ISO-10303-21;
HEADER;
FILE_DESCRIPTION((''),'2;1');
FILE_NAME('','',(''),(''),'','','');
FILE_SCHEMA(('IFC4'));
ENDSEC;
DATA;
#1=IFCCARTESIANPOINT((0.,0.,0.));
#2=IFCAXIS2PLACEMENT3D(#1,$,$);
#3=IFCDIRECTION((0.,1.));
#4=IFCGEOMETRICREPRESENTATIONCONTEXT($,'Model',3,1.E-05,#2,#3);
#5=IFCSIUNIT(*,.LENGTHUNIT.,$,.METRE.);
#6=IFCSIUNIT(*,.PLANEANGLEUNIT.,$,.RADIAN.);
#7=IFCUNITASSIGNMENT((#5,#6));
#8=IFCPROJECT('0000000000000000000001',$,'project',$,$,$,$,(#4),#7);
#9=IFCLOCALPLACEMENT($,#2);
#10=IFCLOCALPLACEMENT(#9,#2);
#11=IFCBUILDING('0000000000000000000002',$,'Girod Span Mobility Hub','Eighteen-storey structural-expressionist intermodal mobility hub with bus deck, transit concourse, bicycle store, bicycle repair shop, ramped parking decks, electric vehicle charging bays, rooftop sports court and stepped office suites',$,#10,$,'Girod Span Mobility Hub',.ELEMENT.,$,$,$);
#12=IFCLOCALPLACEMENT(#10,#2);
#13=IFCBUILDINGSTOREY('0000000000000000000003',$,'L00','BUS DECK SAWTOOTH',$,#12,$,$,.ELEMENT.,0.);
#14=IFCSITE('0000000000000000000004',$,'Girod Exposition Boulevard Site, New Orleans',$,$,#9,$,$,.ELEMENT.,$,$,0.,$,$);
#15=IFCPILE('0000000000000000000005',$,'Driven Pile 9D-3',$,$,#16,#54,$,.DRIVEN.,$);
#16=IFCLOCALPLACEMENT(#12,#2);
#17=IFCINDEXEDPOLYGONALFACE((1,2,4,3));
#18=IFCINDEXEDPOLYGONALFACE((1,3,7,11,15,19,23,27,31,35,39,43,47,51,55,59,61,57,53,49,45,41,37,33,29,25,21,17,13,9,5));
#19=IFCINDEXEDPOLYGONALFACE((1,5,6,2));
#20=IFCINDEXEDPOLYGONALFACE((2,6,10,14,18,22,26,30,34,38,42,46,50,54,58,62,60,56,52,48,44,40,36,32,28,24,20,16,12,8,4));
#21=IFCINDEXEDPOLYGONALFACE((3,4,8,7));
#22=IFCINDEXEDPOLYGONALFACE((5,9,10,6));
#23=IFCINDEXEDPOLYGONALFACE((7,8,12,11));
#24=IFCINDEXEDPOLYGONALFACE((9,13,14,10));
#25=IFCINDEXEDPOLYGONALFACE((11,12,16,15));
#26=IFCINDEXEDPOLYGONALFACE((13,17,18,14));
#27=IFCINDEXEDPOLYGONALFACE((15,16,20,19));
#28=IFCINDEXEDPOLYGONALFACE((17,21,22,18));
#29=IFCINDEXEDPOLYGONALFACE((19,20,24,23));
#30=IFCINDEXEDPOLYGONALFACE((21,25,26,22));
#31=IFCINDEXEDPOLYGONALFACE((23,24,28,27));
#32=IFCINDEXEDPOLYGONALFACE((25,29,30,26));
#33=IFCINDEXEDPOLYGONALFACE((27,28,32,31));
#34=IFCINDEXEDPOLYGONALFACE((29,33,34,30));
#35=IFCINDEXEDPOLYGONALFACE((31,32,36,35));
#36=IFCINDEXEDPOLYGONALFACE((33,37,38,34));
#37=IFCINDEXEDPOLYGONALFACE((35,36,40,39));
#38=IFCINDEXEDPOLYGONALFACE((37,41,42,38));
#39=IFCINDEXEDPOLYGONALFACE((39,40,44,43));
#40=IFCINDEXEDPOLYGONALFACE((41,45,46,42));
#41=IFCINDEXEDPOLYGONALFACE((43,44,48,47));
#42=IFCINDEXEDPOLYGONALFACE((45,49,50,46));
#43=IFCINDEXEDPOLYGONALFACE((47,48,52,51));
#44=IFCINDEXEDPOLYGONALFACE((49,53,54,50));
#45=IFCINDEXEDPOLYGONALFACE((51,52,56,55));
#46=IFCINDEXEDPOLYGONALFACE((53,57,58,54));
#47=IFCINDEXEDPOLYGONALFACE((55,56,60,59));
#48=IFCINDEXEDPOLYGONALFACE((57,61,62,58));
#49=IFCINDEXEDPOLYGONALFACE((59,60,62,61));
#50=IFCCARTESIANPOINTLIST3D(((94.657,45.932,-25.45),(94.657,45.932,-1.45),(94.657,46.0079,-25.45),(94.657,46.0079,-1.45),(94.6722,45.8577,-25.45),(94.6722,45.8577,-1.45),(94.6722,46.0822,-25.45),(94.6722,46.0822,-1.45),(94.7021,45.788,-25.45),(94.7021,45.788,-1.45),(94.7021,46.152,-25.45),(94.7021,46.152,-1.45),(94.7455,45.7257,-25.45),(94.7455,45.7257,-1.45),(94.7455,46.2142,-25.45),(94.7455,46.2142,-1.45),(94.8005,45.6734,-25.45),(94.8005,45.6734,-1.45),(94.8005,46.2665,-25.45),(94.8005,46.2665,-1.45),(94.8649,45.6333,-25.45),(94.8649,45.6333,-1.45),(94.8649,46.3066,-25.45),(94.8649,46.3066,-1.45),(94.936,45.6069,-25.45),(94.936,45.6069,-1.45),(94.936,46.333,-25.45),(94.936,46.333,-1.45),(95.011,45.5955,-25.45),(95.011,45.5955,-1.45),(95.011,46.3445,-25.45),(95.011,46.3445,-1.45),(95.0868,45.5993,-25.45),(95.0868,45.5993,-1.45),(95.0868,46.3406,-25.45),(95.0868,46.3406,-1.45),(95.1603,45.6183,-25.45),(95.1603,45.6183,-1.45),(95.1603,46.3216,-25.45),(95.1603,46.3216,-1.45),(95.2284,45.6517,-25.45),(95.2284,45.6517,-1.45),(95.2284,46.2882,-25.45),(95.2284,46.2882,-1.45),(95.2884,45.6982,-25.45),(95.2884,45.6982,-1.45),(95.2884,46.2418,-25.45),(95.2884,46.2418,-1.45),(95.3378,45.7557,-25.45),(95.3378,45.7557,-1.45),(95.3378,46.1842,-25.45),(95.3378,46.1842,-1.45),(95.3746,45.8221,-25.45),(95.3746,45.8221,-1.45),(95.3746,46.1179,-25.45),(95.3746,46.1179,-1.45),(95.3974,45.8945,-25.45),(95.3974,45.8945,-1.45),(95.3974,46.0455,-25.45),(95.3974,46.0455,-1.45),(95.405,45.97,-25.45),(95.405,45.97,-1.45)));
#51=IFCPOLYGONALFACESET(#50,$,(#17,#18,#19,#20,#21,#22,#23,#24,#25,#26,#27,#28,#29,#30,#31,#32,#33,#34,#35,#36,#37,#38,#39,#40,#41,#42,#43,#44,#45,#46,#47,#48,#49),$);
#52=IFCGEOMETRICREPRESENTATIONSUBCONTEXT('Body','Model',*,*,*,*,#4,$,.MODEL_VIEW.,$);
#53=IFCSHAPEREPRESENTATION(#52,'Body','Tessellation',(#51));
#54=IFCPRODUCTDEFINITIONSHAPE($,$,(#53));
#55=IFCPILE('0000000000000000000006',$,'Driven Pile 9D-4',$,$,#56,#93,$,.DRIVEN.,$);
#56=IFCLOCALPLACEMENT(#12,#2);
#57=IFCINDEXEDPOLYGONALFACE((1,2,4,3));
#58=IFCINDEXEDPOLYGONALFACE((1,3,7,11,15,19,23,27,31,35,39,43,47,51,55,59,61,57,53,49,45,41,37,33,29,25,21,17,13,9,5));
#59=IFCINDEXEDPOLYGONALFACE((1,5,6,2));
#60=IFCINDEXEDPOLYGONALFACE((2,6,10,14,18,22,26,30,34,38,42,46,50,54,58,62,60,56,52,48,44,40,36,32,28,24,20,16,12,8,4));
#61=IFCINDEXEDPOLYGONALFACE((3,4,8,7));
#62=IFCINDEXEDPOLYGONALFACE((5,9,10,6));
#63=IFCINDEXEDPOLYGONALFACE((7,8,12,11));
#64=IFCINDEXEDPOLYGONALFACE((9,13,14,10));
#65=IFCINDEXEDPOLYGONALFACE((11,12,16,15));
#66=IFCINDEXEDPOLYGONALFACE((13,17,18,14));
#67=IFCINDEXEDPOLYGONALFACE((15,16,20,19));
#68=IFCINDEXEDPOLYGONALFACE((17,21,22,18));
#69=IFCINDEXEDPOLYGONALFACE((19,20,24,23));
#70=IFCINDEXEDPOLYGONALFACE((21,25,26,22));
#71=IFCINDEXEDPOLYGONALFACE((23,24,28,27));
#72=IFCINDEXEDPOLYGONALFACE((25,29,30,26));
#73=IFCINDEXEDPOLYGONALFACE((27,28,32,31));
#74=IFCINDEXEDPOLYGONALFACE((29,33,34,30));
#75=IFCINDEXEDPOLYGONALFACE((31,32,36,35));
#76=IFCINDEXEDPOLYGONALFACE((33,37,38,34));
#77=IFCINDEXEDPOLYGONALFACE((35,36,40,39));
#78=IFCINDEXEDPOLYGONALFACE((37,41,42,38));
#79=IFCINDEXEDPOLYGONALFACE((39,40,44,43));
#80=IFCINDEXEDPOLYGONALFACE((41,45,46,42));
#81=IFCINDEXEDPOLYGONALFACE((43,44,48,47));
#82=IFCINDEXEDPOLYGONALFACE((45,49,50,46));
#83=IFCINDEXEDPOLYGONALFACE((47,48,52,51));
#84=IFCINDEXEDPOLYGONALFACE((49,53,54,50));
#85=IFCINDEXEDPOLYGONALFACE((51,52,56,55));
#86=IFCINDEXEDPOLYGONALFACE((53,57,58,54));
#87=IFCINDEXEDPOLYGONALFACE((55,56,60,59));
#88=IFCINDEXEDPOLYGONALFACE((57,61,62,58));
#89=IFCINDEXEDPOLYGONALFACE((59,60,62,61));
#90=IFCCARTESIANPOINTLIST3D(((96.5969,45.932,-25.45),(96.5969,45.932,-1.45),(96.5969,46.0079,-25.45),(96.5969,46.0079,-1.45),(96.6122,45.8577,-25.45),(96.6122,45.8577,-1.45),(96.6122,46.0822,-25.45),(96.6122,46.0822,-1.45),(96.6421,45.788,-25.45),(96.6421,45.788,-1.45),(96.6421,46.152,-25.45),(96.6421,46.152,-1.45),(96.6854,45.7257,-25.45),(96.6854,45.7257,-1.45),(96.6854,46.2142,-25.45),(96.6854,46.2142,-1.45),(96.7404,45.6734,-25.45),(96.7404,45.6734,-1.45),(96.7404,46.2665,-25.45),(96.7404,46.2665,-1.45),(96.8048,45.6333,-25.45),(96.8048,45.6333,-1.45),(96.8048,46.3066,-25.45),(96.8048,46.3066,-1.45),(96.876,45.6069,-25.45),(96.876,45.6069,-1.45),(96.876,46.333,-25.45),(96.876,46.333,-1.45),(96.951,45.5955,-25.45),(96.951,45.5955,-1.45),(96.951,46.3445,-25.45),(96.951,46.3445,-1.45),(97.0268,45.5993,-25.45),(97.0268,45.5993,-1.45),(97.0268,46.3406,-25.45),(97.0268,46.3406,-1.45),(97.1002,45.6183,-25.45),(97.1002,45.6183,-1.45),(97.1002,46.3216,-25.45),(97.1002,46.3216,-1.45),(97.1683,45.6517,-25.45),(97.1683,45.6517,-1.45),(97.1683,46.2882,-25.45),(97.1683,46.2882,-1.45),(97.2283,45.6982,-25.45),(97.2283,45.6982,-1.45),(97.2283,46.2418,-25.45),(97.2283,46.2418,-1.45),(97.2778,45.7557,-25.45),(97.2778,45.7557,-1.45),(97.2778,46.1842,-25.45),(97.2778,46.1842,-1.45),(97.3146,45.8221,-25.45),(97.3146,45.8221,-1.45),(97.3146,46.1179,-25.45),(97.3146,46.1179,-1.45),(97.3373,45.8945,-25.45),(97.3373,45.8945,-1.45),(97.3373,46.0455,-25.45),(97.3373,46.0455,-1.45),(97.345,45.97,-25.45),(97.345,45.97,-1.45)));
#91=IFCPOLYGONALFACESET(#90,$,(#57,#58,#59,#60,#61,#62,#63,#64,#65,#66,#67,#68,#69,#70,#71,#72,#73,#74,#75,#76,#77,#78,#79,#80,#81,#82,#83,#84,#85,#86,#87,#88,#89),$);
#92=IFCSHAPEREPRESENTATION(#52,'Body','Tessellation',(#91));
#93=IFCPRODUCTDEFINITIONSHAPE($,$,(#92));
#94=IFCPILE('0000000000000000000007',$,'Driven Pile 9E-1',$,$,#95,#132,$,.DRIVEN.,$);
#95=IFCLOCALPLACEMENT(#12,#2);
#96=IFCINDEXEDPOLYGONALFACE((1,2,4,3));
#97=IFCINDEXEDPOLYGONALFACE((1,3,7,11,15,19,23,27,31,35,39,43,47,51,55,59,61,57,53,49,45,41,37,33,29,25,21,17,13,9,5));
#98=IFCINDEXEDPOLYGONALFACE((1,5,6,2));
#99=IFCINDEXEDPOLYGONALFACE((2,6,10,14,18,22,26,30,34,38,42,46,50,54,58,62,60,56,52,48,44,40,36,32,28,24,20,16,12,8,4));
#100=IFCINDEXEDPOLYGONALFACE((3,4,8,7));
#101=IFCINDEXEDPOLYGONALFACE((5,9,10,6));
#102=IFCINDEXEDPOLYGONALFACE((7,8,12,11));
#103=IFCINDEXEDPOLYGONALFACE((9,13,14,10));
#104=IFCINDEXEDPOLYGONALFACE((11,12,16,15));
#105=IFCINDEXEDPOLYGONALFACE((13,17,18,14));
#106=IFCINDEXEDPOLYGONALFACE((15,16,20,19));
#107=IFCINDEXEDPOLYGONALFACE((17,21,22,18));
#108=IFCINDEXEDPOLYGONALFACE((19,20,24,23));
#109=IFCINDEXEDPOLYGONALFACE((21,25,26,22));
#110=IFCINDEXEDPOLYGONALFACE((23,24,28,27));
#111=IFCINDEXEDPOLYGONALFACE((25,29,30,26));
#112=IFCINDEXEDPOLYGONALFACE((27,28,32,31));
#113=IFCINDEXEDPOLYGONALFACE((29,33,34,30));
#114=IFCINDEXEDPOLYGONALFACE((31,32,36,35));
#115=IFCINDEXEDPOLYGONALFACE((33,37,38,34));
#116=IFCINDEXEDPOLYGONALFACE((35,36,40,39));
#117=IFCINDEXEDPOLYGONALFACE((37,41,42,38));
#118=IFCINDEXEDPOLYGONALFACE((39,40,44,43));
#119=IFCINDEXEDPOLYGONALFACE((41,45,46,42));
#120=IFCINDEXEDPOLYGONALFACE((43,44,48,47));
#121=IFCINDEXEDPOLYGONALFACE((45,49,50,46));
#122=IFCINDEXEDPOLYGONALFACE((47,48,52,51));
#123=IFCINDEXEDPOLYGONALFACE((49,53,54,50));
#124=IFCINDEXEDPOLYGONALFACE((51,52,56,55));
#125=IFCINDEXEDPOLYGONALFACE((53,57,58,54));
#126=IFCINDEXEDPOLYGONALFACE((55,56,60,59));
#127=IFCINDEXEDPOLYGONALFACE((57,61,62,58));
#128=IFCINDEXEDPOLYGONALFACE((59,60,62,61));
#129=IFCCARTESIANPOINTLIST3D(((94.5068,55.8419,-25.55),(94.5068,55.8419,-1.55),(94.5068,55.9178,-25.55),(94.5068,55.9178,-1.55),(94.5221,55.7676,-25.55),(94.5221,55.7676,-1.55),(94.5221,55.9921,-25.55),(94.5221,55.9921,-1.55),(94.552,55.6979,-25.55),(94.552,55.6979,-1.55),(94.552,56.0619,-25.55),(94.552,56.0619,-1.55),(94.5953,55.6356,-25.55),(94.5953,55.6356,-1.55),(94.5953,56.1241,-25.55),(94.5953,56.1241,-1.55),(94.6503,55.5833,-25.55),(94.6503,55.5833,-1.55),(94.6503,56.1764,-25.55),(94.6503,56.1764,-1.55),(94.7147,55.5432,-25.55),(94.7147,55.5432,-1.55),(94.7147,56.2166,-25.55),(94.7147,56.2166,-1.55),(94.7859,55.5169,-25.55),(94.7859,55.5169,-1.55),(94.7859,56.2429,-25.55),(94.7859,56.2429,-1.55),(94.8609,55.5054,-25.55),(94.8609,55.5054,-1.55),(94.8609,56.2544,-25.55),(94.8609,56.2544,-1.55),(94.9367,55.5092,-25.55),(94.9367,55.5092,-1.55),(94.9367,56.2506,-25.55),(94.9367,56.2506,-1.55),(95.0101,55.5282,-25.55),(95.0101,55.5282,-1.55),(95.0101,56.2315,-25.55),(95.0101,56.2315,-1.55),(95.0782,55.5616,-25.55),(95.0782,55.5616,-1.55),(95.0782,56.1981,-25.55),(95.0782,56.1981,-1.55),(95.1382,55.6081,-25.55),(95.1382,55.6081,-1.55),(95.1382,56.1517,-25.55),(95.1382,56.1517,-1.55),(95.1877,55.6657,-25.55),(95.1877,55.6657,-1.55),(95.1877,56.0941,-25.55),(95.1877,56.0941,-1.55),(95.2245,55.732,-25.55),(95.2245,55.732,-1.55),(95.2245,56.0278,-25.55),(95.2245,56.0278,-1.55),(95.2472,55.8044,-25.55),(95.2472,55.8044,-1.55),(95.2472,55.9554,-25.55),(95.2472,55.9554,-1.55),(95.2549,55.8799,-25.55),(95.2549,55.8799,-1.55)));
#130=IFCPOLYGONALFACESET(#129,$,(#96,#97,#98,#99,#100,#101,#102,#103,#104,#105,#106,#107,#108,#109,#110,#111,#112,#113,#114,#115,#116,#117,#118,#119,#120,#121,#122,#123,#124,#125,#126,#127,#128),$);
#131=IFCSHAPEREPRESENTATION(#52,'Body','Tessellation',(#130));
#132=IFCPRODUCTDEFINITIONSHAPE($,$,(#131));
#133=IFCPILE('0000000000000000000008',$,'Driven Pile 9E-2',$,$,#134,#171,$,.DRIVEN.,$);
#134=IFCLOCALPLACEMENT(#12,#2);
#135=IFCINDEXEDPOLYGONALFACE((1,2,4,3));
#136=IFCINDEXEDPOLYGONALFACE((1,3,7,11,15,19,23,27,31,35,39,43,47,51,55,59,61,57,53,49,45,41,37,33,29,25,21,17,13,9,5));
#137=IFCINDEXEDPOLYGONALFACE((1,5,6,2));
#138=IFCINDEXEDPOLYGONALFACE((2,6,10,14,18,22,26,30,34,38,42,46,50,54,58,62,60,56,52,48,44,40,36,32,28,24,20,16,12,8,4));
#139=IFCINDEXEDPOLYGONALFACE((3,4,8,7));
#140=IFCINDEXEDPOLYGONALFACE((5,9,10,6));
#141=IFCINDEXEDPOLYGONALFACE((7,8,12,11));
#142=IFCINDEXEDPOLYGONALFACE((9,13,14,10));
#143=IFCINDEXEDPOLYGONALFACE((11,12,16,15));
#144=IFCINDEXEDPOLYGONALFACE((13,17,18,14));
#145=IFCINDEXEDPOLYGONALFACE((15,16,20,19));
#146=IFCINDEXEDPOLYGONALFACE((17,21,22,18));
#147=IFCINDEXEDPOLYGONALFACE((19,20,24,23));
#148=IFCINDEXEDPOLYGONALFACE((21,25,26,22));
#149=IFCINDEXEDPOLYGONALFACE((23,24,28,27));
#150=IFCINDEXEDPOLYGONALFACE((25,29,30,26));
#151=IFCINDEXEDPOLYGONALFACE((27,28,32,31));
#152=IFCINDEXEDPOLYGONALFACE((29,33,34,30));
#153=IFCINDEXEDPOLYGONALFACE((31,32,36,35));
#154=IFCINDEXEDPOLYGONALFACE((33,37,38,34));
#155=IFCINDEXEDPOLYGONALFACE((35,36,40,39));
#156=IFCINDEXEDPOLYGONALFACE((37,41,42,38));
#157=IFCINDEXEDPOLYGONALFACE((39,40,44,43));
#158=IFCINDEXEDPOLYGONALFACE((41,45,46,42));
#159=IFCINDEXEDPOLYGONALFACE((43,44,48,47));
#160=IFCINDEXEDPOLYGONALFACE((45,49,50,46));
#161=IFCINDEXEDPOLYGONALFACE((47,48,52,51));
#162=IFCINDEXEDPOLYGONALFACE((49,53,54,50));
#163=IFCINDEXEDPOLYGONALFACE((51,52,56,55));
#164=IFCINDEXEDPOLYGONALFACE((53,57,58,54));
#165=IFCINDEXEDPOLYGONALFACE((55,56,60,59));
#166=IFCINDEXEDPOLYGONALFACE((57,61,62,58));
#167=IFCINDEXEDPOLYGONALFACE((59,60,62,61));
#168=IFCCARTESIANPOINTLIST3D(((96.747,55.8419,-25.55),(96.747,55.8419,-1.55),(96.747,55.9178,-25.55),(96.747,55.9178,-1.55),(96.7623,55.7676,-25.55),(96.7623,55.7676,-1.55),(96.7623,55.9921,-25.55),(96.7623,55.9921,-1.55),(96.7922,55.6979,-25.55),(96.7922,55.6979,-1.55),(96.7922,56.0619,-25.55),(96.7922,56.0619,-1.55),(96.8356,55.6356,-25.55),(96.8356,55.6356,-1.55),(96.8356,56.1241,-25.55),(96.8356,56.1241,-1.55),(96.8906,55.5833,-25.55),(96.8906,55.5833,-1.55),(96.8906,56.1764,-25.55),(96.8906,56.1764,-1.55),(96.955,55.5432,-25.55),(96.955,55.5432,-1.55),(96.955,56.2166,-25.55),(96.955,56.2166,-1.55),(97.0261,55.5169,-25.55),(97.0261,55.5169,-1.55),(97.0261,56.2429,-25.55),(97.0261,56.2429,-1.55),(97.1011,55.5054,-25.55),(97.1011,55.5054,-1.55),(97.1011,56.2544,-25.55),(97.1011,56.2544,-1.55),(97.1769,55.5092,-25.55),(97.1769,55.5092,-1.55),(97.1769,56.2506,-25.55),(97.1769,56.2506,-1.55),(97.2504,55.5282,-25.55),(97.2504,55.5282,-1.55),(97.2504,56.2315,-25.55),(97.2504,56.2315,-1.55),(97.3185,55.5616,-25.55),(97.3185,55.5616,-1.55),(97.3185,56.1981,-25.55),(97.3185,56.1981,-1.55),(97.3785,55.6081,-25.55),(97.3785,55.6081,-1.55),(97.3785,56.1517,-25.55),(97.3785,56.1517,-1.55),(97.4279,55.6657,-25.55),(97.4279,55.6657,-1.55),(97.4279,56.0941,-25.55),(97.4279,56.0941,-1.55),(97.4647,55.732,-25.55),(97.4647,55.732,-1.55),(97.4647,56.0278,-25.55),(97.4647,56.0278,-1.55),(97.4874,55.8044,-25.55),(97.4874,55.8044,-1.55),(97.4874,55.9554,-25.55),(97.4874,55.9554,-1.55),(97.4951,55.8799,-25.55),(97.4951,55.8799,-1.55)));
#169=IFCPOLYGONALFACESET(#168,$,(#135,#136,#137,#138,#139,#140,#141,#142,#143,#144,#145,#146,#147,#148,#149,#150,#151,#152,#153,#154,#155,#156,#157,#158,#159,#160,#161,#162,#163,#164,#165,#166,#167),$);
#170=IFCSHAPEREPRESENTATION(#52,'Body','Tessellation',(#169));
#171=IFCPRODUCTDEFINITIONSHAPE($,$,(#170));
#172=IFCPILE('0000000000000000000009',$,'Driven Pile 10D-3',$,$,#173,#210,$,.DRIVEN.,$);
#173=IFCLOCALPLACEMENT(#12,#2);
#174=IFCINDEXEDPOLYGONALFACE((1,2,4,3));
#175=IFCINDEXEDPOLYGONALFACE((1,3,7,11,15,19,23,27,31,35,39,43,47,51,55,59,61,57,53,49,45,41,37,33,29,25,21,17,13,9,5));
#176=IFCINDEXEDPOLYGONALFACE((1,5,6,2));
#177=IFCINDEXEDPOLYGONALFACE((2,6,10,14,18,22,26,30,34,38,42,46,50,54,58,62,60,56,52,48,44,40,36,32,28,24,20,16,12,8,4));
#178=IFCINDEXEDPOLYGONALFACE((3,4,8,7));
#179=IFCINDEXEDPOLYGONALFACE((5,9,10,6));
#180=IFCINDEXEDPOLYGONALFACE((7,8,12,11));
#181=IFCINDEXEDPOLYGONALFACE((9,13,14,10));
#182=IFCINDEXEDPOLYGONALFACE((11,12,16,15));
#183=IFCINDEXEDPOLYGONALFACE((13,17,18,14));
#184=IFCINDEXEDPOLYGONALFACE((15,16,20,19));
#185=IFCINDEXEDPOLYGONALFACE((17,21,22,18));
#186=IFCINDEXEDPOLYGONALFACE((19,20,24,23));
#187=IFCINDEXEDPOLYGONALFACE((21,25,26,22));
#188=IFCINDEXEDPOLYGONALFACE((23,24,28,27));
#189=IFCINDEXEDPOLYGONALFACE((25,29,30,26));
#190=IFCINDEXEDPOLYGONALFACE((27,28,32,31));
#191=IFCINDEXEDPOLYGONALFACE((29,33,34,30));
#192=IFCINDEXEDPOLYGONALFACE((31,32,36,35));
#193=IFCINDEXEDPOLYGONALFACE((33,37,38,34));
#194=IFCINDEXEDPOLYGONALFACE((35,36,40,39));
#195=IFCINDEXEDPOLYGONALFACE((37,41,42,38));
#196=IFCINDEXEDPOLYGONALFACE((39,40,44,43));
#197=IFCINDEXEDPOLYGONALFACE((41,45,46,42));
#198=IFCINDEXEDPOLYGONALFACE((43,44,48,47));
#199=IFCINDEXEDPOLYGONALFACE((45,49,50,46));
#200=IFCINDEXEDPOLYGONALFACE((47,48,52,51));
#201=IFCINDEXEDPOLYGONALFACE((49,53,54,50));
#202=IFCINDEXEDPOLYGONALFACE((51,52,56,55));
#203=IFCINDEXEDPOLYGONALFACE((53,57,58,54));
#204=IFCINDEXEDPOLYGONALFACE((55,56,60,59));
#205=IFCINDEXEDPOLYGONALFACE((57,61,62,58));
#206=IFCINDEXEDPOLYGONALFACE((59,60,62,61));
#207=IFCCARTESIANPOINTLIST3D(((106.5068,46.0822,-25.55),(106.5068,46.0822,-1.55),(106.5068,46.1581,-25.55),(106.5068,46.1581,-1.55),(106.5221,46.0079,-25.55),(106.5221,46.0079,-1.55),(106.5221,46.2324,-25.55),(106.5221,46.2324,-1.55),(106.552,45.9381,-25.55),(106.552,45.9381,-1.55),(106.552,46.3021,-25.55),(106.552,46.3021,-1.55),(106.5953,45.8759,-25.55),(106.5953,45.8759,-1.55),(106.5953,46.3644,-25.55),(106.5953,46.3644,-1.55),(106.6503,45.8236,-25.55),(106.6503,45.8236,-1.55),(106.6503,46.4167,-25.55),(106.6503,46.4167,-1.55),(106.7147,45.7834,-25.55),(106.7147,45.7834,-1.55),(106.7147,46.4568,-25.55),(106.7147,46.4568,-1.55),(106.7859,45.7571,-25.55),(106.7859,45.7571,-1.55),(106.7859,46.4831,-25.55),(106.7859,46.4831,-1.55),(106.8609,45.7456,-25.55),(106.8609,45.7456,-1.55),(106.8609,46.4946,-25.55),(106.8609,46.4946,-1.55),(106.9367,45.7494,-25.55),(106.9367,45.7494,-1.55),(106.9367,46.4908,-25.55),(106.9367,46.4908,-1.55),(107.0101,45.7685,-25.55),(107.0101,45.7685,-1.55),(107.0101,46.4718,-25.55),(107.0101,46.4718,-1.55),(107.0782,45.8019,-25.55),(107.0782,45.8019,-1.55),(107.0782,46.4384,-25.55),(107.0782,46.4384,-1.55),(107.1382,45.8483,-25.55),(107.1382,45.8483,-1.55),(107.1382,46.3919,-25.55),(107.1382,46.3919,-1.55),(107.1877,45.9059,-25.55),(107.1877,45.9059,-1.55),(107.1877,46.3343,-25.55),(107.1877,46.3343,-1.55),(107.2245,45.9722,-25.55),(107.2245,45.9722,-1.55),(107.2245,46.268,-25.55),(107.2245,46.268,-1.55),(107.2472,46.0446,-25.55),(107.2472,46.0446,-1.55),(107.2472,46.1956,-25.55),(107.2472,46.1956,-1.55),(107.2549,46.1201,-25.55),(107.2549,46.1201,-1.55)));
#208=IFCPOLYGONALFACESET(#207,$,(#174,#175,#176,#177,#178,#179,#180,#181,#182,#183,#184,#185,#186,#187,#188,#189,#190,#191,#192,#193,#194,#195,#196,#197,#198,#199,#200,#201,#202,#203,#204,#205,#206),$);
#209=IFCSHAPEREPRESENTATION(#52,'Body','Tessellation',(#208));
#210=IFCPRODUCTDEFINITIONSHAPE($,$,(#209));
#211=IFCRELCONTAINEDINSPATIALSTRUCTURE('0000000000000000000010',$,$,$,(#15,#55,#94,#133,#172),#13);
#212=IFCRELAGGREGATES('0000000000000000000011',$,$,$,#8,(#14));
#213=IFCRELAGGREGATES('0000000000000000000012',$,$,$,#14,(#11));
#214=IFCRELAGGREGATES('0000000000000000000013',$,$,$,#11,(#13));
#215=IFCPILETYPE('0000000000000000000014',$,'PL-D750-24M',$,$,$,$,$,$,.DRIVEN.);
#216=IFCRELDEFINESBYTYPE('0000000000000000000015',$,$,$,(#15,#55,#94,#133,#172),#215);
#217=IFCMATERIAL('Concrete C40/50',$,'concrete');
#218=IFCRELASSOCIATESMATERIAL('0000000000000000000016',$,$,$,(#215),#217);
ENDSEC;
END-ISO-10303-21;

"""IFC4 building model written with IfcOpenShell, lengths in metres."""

from ifc_helpers import new_model, si_unit, direction, frame, origin, origin_2d, place, context, subcontext, project, spatial, circle, extrude, material, material_profile, profile_set, type_object, element, save


model = new_model("IFC4")

# Units and contexts
model_context = context("Model", 3, precision=1e-05, world=origin(), true_north=direction((0.0, 1.0)))
body_context = subcontext(model_context, "Body", "Model", "MODEL_VIEW")
ifc_project = project(units=[si_unit("LENGTHUNIT", "METRE"), si_unit("PLANEANGLEUNIT", "RADIAN")], contexts=[model_context])

# Site, building, storey
site_placement = place(None, origin())
site = spatial("IfcSite", under=ifc_project, at=site_placement, Name="Girod Exposition Boulevard Site, New Orleans", CompositionType="ELEMENT", RefElevation=0.0)
building_placement = place(site_placement, origin())
building = spatial("IfcBuilding", under=site, at=building_placement, Name="Girod Span Mobility Hub", Description="Eighteen-storey structural-expressionist intermodal mobility hub with bus deck, transit concourse, bicycle store, bicycle repair shop, ramped parking decks, electric vehicle charging bays, rooftop sports court and stepped office suites", LongName="Girod Span Mobility Hub", CompositionType="ELEMENT")
storey_placement = place(building_placement, origin())
storey = spatial("IfcBuildingStorey", under=building, at=storey_placement, Name="L00", Description="BUS DECK SAWTOOTH", CompositionType="ELEMENT", Elevation=0.0)

# Piles
ifc_material_1 = material(Name="Concrete C40/50", Category="concrete")
ifc_material_profile_1 = material_profile(ifc_material_1, circle(Radius=0.375, at=origin_2d()), Name="PILE-D750")
ifc_profile_set_1 = profile_set([ifc_material_profile_1], Name="Concrete C40/50")
pile_type = type_object("IfcPileType", Name="PL-D750-24M", PredefinedType="DRIVEN", material=ifc_profile_set_1)
for number, where, z_axis, x_axis, name in (
    (1, (95.03, 45.97, -1.45), (0.0, 0.0, -1.0), (1.0, 0.0, 0.0), "Driven Pile 9D-3"),
    (2, (96.97, 45.97, -1.45), (0.0, 0.0, -1.0), (1.0, 0.0, 0.0), "Driven Pile 9D-4"),
    (3, (94.8799, 55.8799, -1.55), (0.0, 0.0, -1.0), (1.0, 0.0, 0.0), "Driven Pile 9E-1"),
    (4, (97.1201, 55.8799, -1.55), (0.0, 0.0, -1.0), (1.0, 0.0, 0.0), "Driven Pile 9E-2"),
    (5, (106.8799, 46.1201, -1.55), (0.0, 0.0, -1.0), (1.0, 0.0, 0.0), "Driven Pile 10D-3"),
):
    element("IfcPile", number, at=place(storey_placement, frame(where, z_axis=z_axis, x_axis=x_axis)), inside=storey, type_object=pile_type, Name=name, PredefinedType="DRIVEN", context=body_context, shape_type="SweptSolid", body=[
        extrude(circle(Radius=0.375, at=origin_2d()), origin(), (0.0, 0.0, 1.0), 24.0),
    ])

save(model, "model.ifc")
